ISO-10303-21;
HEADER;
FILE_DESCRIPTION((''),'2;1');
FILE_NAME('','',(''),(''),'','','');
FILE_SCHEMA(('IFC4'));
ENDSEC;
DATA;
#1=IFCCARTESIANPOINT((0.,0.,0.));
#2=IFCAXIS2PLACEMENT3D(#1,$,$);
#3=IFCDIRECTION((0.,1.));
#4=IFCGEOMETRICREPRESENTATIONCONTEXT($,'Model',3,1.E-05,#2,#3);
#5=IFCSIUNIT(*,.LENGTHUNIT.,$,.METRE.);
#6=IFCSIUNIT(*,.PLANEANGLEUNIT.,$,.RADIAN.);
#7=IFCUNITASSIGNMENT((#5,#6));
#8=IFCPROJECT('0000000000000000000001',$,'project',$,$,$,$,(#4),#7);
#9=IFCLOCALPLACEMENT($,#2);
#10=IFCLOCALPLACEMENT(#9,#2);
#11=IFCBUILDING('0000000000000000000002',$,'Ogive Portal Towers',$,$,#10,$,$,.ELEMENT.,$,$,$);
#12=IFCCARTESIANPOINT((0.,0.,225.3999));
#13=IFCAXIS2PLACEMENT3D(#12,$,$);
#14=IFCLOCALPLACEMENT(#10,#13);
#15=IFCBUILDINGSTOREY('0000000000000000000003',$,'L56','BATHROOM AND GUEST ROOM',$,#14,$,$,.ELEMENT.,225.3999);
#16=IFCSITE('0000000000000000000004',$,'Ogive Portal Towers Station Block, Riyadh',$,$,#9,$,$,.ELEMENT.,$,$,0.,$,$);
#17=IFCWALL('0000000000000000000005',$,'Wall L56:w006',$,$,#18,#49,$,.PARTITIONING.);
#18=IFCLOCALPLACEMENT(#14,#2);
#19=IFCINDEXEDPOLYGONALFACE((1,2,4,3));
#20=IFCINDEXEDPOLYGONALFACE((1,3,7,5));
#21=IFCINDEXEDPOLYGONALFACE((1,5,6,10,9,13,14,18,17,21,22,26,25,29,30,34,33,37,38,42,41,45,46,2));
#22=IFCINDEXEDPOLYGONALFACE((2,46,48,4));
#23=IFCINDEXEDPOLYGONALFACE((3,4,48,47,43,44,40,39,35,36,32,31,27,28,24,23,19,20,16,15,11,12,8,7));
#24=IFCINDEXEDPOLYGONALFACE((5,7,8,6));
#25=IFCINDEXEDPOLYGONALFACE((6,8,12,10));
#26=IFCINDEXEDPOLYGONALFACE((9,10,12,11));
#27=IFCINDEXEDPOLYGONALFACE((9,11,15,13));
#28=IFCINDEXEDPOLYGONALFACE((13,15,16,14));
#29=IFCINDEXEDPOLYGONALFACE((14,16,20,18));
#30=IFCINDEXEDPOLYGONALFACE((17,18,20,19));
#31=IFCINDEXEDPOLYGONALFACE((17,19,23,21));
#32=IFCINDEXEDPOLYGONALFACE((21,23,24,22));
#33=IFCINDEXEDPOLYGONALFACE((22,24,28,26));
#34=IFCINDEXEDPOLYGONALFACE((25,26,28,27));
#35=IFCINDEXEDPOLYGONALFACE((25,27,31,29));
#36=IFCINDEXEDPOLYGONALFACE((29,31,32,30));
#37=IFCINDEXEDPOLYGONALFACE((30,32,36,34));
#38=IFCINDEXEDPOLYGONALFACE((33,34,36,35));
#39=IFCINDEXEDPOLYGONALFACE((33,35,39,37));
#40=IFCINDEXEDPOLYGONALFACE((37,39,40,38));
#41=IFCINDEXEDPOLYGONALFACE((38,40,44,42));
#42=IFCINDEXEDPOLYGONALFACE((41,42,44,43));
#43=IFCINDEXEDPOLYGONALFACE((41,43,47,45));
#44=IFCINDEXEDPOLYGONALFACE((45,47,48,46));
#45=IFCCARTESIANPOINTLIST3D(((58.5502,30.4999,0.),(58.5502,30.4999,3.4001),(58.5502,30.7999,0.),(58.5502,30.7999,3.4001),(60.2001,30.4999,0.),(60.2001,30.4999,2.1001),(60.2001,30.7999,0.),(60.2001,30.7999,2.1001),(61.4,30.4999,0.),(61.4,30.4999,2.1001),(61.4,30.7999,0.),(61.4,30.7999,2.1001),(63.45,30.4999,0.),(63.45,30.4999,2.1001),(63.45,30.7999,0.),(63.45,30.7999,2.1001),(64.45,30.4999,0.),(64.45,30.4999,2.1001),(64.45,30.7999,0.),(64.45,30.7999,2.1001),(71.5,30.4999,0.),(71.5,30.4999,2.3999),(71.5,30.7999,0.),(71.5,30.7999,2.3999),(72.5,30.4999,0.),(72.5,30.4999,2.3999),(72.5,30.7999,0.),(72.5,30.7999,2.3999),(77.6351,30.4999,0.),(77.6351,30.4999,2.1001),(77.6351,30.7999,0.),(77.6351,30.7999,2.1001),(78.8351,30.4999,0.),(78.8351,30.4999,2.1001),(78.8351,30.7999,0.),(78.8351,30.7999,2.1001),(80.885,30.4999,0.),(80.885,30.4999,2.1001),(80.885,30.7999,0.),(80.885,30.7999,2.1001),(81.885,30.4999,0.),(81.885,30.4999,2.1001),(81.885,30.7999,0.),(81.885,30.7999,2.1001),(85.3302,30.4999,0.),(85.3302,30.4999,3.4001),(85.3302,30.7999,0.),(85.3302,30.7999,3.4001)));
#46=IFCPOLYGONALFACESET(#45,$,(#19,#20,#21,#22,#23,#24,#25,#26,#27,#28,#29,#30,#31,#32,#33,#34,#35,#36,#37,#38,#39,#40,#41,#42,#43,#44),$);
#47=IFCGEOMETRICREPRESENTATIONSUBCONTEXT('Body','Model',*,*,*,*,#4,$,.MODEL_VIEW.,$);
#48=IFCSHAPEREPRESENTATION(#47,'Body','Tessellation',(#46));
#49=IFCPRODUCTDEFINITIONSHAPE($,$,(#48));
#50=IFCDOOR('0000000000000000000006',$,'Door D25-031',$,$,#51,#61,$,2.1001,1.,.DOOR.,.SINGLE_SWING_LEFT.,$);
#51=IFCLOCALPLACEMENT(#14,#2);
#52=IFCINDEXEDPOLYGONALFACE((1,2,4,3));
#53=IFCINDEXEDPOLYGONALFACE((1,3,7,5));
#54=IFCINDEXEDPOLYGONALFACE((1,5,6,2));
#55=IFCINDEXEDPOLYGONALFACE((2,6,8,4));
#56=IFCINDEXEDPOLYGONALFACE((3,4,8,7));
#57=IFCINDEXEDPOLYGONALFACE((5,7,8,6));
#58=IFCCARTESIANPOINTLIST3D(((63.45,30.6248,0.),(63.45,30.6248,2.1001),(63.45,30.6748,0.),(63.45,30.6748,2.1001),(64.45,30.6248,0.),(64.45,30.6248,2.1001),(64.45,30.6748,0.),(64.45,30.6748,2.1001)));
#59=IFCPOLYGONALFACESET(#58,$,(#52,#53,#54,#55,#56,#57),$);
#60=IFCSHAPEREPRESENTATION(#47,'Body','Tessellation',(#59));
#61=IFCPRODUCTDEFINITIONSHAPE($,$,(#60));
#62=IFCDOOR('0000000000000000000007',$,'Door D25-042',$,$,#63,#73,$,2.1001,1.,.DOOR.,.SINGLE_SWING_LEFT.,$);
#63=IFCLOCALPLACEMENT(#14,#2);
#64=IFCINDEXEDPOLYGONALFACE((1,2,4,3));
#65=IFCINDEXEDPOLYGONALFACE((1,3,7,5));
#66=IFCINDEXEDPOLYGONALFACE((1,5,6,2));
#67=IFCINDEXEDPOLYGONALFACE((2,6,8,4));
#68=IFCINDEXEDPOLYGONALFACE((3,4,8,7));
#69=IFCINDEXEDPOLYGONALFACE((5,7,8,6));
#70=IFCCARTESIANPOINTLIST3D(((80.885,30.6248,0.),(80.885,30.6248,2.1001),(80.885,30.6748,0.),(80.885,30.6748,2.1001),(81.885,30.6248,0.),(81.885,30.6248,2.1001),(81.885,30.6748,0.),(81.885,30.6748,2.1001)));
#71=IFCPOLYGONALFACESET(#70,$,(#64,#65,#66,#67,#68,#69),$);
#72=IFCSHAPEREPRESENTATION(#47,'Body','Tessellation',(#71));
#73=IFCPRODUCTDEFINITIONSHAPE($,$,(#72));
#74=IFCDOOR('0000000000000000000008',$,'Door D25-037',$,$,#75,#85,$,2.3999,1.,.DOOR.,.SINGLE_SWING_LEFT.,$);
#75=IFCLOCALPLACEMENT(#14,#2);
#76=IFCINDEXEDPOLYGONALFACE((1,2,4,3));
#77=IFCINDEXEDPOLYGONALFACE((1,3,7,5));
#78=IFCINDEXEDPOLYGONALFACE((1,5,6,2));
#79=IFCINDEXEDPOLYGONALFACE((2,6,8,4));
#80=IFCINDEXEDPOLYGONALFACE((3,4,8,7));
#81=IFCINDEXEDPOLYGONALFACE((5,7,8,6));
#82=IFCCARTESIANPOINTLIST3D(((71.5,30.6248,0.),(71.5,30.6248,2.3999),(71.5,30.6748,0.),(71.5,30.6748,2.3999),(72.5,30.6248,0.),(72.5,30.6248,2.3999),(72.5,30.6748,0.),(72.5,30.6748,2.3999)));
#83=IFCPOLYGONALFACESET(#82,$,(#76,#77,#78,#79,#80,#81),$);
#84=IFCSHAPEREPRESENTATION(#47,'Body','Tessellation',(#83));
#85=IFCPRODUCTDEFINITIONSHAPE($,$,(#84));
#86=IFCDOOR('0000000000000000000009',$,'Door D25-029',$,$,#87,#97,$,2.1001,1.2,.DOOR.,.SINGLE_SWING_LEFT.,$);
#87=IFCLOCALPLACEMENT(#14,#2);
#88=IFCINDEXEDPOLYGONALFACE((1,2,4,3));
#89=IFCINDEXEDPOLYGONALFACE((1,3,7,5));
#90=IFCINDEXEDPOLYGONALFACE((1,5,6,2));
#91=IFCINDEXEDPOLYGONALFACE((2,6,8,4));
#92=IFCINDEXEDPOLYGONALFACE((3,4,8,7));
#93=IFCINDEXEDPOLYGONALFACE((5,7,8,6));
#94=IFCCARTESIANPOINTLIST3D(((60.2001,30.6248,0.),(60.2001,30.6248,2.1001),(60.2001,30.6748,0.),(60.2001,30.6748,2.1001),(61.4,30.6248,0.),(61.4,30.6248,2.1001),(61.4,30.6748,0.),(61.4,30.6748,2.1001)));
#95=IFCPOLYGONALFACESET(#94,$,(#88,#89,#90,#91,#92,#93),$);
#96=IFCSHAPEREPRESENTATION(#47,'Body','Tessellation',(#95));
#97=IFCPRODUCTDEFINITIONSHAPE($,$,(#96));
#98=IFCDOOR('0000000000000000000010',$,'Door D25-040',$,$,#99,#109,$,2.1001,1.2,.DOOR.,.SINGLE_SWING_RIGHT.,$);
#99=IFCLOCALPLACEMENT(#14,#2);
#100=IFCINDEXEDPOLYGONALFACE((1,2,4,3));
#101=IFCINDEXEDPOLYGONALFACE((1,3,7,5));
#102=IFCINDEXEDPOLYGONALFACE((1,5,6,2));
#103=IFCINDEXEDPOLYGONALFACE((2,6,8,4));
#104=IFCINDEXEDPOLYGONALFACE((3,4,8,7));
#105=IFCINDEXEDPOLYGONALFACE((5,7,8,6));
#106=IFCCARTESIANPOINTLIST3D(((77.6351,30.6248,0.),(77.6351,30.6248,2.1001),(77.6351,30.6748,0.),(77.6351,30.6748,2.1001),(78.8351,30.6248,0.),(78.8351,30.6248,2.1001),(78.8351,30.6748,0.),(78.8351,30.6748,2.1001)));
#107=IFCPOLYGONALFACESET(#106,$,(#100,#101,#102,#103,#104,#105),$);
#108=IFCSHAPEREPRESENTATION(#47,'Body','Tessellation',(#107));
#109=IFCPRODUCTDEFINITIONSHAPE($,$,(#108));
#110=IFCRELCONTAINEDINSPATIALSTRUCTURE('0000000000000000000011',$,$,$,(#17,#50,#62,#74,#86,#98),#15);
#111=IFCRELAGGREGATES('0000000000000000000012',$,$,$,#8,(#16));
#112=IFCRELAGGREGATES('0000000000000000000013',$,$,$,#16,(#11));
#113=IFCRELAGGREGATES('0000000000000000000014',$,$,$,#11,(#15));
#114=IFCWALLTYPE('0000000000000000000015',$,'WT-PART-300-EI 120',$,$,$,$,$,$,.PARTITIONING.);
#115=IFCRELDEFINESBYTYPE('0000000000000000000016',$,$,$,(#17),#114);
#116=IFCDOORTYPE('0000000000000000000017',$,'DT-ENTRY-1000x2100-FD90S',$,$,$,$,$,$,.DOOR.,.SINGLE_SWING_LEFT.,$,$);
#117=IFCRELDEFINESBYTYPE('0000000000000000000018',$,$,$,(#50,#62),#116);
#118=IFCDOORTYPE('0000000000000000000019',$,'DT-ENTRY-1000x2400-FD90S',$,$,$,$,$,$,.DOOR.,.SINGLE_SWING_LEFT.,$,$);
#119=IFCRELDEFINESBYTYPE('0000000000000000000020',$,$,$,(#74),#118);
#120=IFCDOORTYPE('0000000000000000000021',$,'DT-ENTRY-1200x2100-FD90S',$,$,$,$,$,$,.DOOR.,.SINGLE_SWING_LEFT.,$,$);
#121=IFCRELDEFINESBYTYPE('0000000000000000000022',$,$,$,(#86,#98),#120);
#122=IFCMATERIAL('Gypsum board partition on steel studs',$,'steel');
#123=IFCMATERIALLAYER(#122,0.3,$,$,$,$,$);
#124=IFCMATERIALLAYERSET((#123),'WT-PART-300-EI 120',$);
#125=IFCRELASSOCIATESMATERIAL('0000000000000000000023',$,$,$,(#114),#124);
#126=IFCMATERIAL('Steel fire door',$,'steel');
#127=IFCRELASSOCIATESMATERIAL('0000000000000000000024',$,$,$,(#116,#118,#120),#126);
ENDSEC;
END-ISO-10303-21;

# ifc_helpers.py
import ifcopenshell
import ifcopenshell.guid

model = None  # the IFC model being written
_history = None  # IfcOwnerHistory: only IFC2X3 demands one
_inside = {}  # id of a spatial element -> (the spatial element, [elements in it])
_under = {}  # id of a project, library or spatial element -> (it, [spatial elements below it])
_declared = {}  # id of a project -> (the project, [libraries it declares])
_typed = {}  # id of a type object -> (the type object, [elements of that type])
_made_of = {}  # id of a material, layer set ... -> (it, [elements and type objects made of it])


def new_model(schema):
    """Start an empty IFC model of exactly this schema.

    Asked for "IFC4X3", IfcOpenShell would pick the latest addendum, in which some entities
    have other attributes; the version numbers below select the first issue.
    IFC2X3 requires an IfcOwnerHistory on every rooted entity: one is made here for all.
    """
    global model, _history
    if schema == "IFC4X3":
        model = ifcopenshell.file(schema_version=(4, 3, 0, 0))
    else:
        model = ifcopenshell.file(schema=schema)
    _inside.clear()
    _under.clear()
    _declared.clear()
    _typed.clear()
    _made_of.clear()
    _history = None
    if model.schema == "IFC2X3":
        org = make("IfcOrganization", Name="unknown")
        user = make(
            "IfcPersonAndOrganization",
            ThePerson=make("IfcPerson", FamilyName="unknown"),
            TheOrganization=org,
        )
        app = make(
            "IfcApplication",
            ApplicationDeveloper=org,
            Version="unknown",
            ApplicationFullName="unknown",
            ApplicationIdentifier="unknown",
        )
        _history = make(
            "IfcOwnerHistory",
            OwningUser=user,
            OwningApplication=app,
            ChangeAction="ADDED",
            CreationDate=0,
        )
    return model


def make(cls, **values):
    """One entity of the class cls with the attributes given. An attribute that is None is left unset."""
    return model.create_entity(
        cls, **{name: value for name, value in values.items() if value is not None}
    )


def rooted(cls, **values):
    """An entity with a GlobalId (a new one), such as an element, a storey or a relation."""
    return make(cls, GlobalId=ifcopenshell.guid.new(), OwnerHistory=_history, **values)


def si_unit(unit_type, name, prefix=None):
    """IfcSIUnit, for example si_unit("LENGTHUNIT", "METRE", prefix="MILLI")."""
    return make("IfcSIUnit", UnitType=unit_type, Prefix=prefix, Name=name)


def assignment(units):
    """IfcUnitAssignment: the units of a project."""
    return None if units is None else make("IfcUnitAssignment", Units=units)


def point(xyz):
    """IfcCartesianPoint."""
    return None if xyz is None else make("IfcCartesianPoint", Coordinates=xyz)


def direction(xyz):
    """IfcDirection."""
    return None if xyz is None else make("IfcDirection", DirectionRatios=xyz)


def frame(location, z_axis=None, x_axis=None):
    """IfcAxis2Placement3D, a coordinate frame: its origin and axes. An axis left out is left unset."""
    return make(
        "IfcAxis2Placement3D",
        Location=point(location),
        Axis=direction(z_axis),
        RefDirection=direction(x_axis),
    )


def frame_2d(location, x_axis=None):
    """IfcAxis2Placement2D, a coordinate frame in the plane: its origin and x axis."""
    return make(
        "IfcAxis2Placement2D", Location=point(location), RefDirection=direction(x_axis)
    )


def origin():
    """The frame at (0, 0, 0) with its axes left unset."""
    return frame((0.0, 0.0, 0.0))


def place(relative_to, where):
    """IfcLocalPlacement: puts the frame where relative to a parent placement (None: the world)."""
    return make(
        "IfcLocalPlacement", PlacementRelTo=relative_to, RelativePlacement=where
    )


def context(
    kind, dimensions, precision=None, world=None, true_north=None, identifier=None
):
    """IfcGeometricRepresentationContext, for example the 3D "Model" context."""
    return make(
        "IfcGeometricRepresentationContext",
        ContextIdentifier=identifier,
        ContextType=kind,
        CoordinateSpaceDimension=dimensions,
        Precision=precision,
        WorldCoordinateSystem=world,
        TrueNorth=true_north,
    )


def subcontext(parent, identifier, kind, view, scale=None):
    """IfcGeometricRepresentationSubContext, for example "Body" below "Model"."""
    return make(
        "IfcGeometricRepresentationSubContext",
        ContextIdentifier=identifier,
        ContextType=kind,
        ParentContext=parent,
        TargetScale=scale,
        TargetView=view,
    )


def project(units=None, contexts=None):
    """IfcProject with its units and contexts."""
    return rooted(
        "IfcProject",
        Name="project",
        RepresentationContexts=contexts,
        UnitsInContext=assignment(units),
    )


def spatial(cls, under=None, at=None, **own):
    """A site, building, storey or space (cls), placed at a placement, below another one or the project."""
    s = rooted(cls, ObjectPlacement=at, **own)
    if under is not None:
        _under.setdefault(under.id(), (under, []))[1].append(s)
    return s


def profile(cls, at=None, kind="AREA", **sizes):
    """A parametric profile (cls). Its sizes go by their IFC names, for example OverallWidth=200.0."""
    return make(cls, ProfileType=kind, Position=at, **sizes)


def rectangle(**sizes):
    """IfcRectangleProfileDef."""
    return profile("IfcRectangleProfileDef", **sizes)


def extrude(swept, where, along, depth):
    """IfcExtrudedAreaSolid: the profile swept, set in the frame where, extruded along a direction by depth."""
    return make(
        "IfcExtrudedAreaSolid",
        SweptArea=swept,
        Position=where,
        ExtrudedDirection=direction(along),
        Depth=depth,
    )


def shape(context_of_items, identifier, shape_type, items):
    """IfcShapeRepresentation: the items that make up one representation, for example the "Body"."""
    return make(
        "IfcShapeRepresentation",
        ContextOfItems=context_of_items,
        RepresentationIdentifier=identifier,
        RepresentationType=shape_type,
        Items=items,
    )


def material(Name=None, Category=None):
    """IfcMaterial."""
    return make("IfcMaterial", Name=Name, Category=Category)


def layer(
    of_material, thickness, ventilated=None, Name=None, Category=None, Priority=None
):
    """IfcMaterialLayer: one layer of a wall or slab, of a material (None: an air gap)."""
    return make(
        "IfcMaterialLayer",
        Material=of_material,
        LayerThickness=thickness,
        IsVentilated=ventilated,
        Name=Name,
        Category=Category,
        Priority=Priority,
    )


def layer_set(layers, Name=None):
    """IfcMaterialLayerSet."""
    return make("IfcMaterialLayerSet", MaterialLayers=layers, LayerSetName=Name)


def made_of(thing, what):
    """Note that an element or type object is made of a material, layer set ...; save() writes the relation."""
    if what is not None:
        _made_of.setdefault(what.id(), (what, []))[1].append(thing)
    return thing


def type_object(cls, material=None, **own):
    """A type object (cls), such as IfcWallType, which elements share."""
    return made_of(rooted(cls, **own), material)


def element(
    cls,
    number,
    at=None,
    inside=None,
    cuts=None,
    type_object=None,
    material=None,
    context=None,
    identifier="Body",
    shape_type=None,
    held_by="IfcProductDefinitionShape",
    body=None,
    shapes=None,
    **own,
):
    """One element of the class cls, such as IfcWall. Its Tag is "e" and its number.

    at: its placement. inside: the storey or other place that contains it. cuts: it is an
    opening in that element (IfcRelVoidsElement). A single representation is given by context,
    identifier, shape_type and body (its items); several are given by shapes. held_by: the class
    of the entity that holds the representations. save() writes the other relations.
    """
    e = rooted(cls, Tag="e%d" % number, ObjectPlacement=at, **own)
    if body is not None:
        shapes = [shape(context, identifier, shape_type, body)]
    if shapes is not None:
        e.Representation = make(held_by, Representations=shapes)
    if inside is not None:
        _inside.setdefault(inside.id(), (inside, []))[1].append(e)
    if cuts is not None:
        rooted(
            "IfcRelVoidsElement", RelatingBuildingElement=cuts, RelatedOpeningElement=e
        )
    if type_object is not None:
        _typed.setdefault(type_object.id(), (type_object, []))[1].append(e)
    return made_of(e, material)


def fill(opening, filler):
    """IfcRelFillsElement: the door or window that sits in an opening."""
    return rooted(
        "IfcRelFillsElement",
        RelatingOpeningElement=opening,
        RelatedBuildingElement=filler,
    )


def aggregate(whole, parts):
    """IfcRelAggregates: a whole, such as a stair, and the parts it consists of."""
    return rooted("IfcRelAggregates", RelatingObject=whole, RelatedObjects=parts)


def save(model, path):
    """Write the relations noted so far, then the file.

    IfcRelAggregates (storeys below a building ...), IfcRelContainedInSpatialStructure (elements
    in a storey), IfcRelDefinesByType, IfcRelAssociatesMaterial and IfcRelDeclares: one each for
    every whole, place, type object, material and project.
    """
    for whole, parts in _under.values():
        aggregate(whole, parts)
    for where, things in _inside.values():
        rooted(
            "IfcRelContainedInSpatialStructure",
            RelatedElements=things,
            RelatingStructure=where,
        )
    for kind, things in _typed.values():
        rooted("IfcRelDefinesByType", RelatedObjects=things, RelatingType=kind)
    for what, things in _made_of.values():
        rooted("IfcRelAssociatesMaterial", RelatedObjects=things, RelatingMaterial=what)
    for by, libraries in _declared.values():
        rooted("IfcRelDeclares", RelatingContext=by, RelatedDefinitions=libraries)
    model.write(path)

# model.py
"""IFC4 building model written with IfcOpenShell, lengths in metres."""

from ifc_helpers import new_model, si_unit, direction, frame, frame_2d, origin, place, context, subcontext, project, spatial, rectangle, extrude, material, layer, layer_set, type_object, element, fill, save


model = new_model("IFC4")

# Units and contexts
model_context = context("Model", 3, precision=1e-05, world=origin(), true_north=direction((0.0, 1.0)))
body_context = subcontext(model_context, "Body", "Model", "MODEL_VIEW")
ifc_project = project(units=[si_unit("LENGTHUNIT", "METRE"), si_unit("PLANEANGLEUNIT", "RADIAN")], contexts=[model_context])

# Site, building, storey
site_placement = place(None, origin())
site = spatial("IfcSite", under=ifc_project, at=site_placement, Name="Ogive Portal Towers Station Block, Riyadh", CompositionType="ELEMENT", RefElevation=0.0)
building_placement = place(site_placement, origin())
building = spatial("IfcBuilding", under=site, at=building_placement, Name="Ogive Portal Towers", CompositionType="ELEMENT")
storey_placement = place(building_placement, frame((0.0, 0.0, 225.3999)))
storey = spatial("IfcBuildingStorey", under=building, at=storey_placement, Name="L56", Description="BATHROOM AND GUEST ROOM", CompositionType="ELEMENT", Elevation=225.3999)

# Shared definitions
ifc_material_1 = material(Name="Steel fire door", Category="steel")
ifc_material_2 = material(Name="Gypsum board partition on steel studs", Category="steel")

# Wall, openings, doors
ifc_layer_1 = layer(ifc_material_2, 0.3)
ifc_layer_set_1 = layer_set([ifc_layer_1], Name="WT-PART-300-EI 120")
wall_type_1 = type_object("IfcWallType", Name="WT-PART-300-EI 120", PredefinedType="PARTITIONING", material=ifc_layer_set_1)
wall_1_placement = place(storey_placement, frame((58.55, 30.6499, 0.0), z_axis=(0.0, 0.0, 1.0), x_axis=(1.0, 0.0, 0.0)))
wall_1 = element("IfcWall", 1, at=wall_1_placement, inside=storey, type_object=wall_type_1, Name="Wall L56:w006", PredefinedType="PARTITIONING", context=body_context, shape_type="SweptSolid", body=[
    extrude(rectangle(XDim=26.78, YDim=0.3, at=frame_2d((13.3901, 0.0))), origin(), (0.0, 0.0, 1.0), 3.4001),
])
opening_1_placement = place(wall_1_placement, frame((1.6499, 0.0, 0.0)))
opening_1 = element("IfcOpeningElement", 2, at=opening_1_placement, cuts=wall_1, PredefinedType="OPENING", context=body_context, shape_type="SweptSolid", body=[
    extrude(rectangle(XDim=1.2, YDim=2.1001, at=frame_2d((0.6001, 1.05))), frame((0.0, 0.1602, 0.0), z_axis=(0.0, -1.0, 0.0), x_axis=(1.0, 0.0, 0.0)), (0.0, 0.0, 1.0), 0.3201),
])
opening_2_placement = place(wall_1_placement, frame((4.8999, 0.0, 0.0)))
opening_2 = element("IfcOpeningElement", 3, at=opening_2_placement, cuts=wall_1, PredefinedType="OPENING", context=body_context, shape_type="SweptSolid", body=[
    extrude(rectangle(XDim=1.0, YDim=2.1001, at=frame_2d((0.5, 1.05))), frame((0.0, 0.1602, 0.0), z_axis=(0.0, -1.0, 0.0), x_axis=(1.0, 0.0, 0.0)), (0.0, 0.0, 1.0), 0.3201),
])
opening_3_placement = place(wall_1_placement, frame((12.95, 0.0, 0.0)))
opening_3 = element("IfcOpeningElement", 4, at=opening_3_placement, cuts=wall_1, PredefinedType="OPENING", context=body_context, shape_type="SweptSolid", body=[
    extrude(rectangle(XDim=1.0, YDim=2.3999, at=frame_2d((0.5, 1.2))), frame((0.0, 0.1602, 0.0), z_axis=(0.0, -1.0, 0.0), x_axis=(1.0, 0.0, 0.0)), (0.0, 0.0, 1.0), 0.3201),
])
opening_4_placement = place(wall_1_placement, frame((19.085, 0.0, 0.0)))
opening_4 = element("IfcOpeningElement", 5, at=opening_4_placement, cuts=wall_1, PredefinedType="OPENING", context=body_context, shape_type="SweptSolid", body=[
    extrude(rectangle(XDim=1.2, YDim=2.1001, at=frame_2d((0.6001, 1.05))), frame((0.0, 0.1602, 0.0), z_axis=(0.0, -1.0, 0.0), x_axis=(1.0, 0.0, 0.0)), (0.0, 0.0, 1.0), 0.3201),
])
opening_5_placement = place(wall_1_placement, frame((22.335, 0.0, 0.0)))
opening_5 = element("IfcOpeningElement", 6, at=opening_5_placement, cuts=wall_1, PredefinedType="OPENING", context=body_context, shape_type="SweptSolid", body=[
    extrude(rectangle(XDim=1.0, YDim=2.1001, at=frame_2d((0.5, 1.05))), frame((0.0, 0.1602, 0.0), z_axis=(0.0, -1.0, 0.0), x_axis=(1.0, 0.0, 0.0)), (0.0, 0.0, 1.0), 0.3201),
])
door_type_1 = type_object("IfcDoorType", Name="DT-ENTRY-1000x2100-FD90S", OperationType="SINGLE_SWING_LEFT", PredefinedType="DOOR", material=ifc_material_1)
door_1_placement = place(opening_2_placement, origin())
door_1 = element("IfcDoor", 7, at=door_1_placement, inside=storey, type_object=door_type_1, Name="Door D25-031", OperationType="SINGLE_SWING_LEFT", OverallHeight=2.1001, OverallWidth=1.0, PredefinedType="DOOR", context=body_context, shape_type="SweptSolid", body=[
    extrude(rectangle(XDim=1.0, YDim=2.1001, at=frame_2d((0.5, 1.05))), frame((0.0, 0.0249, 0.0), z_axis=(0.0, -1.0, 0.0), x_axis=(1.0, 0.0, 0.0)), (0.0, 0.0, 1.0), 0.05),
])
fill(opening_2, door_1)
door_2_placement = place(opening_5_placement, origin())
door_2 = element("IfcDoor", 8, at=door_2_placement, inside=storey, type_object=door_type_1, Name="Door D25-042", OperationType="SINGLE_SWING_LEFT", OverallHeight=2.1001, OverallWidth=1.0, PredefinedType="DOOR", context=body_context, shape_type="SweptSolid", body=[
    extrude(rectangle(XDim=1.0, YDim=2.1001, at=frame_2d((0.5, 1.05))), frame((0.0, 0.0249, 0.0), z_axis=(0.0, -1.0, 0.0), x_axis=(1.0, 0.0, 0.0)), (0.0, 0.0, 1.0), 0.05),
])
fill(opening_5, door_2)
door_type_2 = type_object("IfcDoorType", Name="DT-ENTRY-1000x2400-FD90S", OperationType="SINGLE_SWING_LEFT", PredefinedType="DOOR", material=ifc_material_1)
door_3_placement = place(opening_3_placement, origin())
door_3 = element("IfcDoor", 9, at=door_3_placement, inside=storey, type_object=door_type_2, Name="Door D25-037", OperationType="SINGLE_SWING_LEFT", OverallHeight=2.3999, OverallWidth=1.0, PredefinedType="DOOR", context=body_context, shape_type="SweptSolid", body=[
    extrude(rectangle(XDim=1.0, YDim=2.3999, at=frame_2d((0.5, 1.2))), frame((0.0, 0.0249, 0.0), z_axis=(0.0, -1.0, 0.0), x_axis=(1.0, 0.0, 0.0)), (0.0, 0.0, 1.0), 0.05),
])
fill(opening_3, door_3)
door_type_3 = type_object("IfcDoorType", Name="DT-ENTRY-1200x2100-FD90S", OperationType="SINGLE_SWING_LEFT", PredefinedType="DOOR", material=ifc_material_1)
door_4_placement = place(opening_1_placement, origin())
door_4 = element("IfcDoor", 10, at=door_4_placement, inside=storey, type_object=door_type_3, Name="Door D25-029", OperationType="SINGLE_SWING_LEFT", OverallHeight=2.1001, OverallWidth=1.2, PredefinedType="DOOR", context=body_context, shape_type="SweptSolid", body=[
    extrude(rectangle(XDim=1.2, YDim=2.1001, at=frame_2d((0.6001, 1.05))), frame((0.0, 0.0249, 0.0), z_axis=(0.0, -1.0, 0.0), x_axis=(1.0, 0.0, 0.0)), (0.0, 0.0, 1.0), 0.05),
])
fill(opening_1, door_4)
door_5_placement = place(opening_4_placement, origin())
door_5 = element("IfcDoor", 11, at=door_5_placement, inside=storey, type_object=door_type_3, Name="Door D25-040", OperationType="SINGLE_SWING_RIGHT", OverallHeight=2.1001, OverallWidth=1.2, PredefinedType="DOOR", context=body_context, shape_type="SweptSolid", body=[
    extrude(rectangle(XDim=1.2, YDim=2.1001, at=frame_2d((0.6001, 1.05))), frame((0.0, 0.0249, 0.0), z_axis=(0.0, -1.0, 0.0), x_axis=(1.0, 0.0, 0.0)), (0.0, 0.0, 1.0), 0.05),
])
fill(opening_4, door_5)

save(model, "model.ifc")
